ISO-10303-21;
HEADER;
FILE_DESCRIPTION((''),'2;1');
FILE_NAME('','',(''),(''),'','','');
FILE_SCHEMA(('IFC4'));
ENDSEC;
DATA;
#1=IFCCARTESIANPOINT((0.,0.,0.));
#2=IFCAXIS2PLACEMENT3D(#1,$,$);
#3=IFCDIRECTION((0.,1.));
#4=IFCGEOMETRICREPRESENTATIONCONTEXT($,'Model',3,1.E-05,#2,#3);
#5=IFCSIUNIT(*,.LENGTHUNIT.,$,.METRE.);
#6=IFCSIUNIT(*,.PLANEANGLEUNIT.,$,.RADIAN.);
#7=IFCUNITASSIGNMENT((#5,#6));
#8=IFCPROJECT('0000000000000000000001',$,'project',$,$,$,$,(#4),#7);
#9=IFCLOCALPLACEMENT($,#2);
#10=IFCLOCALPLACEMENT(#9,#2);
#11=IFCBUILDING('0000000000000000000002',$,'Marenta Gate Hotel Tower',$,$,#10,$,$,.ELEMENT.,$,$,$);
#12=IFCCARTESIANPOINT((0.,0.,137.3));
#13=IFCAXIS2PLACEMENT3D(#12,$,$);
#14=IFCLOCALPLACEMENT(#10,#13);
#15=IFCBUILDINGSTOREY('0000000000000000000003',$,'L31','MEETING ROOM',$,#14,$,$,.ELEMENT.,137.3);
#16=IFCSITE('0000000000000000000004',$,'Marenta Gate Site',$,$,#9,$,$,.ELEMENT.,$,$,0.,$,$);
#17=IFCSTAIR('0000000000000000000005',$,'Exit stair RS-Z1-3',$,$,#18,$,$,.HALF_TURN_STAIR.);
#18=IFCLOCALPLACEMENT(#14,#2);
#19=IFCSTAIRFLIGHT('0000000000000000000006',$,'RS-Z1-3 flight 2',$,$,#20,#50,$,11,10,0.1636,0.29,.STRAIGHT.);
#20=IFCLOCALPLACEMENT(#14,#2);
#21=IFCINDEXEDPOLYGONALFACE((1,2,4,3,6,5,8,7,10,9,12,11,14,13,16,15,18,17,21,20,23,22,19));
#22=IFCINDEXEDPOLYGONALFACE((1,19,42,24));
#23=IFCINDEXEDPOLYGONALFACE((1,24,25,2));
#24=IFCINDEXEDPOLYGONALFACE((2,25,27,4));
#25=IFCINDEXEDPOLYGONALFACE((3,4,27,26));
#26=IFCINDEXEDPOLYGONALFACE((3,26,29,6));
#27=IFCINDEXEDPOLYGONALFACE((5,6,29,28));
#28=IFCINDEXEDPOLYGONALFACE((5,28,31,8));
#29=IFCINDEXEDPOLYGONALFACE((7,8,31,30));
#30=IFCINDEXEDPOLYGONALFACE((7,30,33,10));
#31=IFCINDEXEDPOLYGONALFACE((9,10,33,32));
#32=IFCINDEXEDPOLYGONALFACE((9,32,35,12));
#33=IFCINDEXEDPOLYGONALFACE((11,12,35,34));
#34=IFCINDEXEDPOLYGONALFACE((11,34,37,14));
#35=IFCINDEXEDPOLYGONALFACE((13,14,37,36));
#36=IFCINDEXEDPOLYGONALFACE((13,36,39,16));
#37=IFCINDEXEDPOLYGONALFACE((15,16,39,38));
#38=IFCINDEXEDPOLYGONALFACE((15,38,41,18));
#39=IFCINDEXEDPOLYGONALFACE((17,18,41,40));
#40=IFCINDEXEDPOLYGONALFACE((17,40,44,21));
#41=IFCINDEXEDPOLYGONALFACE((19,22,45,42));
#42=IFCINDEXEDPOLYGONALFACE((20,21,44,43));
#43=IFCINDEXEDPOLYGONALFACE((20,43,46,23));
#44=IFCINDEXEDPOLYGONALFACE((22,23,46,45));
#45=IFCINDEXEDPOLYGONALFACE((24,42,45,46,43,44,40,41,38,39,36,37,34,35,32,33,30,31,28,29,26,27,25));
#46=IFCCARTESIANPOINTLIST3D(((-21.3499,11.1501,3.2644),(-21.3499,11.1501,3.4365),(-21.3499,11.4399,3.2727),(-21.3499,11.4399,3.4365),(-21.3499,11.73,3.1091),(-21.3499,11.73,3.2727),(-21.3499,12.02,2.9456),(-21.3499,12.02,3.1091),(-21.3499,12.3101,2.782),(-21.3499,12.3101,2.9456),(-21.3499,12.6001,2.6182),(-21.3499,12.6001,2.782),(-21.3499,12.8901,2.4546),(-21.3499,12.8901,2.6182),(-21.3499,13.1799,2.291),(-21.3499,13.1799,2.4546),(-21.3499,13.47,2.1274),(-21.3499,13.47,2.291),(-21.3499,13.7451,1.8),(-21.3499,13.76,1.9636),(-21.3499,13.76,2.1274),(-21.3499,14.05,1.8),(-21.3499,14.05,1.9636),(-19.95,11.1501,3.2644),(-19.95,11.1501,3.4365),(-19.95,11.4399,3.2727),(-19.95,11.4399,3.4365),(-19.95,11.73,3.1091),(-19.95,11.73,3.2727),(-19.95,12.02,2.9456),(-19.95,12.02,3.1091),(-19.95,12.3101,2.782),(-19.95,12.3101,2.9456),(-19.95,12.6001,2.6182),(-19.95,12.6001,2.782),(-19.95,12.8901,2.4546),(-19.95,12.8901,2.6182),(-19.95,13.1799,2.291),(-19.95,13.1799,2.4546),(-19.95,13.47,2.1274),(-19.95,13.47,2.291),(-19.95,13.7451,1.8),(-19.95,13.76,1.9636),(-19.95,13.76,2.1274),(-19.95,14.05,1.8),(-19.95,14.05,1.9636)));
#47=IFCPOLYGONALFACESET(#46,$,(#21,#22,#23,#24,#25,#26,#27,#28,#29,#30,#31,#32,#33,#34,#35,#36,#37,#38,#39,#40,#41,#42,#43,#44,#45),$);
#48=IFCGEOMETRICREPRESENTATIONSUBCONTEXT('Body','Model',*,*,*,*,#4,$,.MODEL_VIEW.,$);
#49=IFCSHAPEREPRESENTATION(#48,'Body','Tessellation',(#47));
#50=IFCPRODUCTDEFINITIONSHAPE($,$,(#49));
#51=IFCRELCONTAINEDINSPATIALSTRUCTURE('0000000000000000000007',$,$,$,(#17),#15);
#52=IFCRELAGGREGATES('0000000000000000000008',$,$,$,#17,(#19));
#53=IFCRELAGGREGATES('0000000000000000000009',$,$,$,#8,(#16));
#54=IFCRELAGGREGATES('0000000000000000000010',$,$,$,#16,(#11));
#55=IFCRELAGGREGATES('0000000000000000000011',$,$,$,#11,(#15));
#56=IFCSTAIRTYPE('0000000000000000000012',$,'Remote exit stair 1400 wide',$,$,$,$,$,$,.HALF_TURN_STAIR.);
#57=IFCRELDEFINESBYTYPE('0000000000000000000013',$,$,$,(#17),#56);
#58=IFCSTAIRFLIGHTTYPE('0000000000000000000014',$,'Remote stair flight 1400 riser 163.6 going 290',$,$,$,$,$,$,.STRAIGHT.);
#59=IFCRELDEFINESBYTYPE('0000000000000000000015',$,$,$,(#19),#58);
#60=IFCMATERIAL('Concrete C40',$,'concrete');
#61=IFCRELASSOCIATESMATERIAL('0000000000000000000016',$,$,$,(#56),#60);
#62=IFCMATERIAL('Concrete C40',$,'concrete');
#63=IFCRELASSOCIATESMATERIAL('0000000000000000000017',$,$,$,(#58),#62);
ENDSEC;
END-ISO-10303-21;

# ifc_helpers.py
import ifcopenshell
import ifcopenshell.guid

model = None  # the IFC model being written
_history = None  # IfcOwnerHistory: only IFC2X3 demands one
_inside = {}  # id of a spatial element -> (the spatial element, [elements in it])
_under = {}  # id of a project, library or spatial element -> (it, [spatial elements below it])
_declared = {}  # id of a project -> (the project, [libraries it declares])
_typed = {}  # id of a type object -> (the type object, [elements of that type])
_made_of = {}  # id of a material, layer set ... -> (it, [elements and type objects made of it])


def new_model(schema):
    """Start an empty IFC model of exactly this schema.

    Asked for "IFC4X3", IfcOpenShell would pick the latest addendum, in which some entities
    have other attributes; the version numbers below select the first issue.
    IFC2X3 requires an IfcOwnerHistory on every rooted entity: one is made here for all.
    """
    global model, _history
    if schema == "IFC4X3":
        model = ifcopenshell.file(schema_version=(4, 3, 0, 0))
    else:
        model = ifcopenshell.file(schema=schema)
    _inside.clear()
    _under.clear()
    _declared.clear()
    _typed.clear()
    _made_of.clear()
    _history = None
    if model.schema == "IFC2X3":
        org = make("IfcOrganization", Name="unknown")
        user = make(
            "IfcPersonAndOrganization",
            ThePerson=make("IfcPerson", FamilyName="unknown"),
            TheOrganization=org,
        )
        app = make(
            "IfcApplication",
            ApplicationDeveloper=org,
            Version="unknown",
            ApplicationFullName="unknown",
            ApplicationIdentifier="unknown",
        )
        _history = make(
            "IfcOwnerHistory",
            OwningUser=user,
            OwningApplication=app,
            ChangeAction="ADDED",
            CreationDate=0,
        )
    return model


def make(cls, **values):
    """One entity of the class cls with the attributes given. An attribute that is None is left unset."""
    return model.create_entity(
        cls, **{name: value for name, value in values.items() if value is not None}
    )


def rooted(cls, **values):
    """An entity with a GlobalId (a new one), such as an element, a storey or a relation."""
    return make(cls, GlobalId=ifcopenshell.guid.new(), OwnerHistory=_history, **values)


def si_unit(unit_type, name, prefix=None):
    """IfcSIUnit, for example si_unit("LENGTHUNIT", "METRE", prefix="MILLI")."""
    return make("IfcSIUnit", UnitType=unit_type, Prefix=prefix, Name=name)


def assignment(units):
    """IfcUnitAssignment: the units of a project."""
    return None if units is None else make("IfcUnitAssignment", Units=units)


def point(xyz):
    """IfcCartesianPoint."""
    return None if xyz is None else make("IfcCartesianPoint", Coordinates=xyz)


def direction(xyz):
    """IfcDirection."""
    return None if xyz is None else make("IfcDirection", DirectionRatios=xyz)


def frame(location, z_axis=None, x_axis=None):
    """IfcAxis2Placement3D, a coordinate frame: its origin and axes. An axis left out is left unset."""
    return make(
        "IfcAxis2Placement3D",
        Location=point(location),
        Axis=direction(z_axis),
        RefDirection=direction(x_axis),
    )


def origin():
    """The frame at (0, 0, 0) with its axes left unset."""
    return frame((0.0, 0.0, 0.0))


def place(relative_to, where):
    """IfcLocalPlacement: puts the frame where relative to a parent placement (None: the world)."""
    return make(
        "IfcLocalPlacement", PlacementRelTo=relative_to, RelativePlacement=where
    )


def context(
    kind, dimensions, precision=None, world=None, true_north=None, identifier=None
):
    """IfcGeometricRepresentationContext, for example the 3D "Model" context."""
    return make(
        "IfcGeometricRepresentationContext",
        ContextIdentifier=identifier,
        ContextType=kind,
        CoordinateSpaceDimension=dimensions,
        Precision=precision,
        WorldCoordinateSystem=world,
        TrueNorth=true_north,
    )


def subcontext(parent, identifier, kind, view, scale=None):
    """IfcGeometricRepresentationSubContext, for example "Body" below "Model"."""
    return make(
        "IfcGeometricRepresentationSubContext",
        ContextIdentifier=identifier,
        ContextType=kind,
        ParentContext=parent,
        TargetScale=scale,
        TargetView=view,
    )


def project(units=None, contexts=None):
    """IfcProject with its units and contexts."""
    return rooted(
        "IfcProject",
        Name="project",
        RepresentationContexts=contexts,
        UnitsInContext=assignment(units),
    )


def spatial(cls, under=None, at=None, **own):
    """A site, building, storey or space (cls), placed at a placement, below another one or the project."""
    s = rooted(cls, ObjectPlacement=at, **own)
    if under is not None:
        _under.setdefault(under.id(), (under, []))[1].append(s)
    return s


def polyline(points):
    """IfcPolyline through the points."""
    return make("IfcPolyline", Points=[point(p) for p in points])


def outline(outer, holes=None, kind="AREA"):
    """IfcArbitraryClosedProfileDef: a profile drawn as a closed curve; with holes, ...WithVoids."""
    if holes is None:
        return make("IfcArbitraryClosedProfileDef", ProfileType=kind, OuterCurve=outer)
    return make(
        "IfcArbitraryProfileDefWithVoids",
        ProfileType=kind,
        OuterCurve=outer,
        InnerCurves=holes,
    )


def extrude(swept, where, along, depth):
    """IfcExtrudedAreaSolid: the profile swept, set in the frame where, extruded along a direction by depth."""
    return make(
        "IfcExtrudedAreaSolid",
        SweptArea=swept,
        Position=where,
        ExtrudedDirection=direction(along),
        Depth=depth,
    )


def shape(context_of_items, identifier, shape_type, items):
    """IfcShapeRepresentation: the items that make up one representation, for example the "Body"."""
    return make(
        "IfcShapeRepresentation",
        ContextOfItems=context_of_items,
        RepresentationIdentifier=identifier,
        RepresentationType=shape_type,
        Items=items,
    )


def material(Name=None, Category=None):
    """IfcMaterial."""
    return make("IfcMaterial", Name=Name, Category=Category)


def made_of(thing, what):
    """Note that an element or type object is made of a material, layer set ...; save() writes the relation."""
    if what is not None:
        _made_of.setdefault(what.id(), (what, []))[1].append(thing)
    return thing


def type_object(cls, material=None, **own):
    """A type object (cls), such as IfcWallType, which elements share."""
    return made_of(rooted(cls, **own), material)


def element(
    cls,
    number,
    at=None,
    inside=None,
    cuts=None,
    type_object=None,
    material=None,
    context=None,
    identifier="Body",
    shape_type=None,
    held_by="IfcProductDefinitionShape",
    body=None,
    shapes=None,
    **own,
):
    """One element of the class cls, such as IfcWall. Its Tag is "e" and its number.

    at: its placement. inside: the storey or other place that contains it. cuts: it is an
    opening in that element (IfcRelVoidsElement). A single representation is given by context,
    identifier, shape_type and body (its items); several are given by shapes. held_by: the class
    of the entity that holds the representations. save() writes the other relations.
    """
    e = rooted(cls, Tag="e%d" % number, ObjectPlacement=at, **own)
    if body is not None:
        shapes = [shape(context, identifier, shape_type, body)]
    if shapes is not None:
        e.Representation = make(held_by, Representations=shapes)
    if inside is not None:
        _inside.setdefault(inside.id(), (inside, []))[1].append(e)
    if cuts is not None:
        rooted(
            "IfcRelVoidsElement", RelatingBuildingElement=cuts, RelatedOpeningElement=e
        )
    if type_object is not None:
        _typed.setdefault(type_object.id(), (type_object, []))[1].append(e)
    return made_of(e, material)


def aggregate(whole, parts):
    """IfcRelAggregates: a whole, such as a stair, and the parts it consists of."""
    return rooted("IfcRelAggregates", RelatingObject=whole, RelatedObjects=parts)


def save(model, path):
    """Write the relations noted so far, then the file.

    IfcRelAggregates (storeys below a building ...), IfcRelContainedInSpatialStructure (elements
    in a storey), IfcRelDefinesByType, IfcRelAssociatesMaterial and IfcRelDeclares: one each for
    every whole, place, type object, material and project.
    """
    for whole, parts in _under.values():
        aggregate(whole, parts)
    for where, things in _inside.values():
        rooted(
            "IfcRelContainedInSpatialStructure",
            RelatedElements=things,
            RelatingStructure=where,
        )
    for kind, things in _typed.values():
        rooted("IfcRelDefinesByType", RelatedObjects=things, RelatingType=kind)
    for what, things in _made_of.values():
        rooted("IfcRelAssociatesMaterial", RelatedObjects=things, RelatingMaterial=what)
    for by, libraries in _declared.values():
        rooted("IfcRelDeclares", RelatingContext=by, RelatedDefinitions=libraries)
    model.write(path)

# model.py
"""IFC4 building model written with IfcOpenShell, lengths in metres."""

from ifc_helpers import new_model, si_unit, direction, frame, origin, place, context, subcontext, project, spatial, polyline, outline, extrude, material, type_object, element, aggregate, save


model = new_model("IFC4")

# Units and contexts
model_context = context("Model", 3, precision=1e-05, world=origin(), true_north=direction((0.0, 1.0)))
body_context = subcontext(model_context, "Body", "Model", "MODEL_VIEW")
ifc_project = project(units=[si_unit("LENGTHUNIT", "METRE"), si_unit("PLANEANGLEUNIT", "RADIAN")], contexts=[model_context])

# Site, building, storey
site_placement = place(None, origin())
site = spatial("IfcSite", under=ifc_project, at=site_placement, Name="Marenta Gate Site", CompositionType="ELEMENT", RefElevation=0.0)
building_placement = place(site_placement, origin())
building = spatial("IfcBuilding", under=site, at=building_placement, Name="Marenta Gate Hotel Tower", CompositionType="ELEMENT")
storey_placement = place(building_placement, frame((0.0, 0.0, 137.3)))
storey = spatial("IfcBuildingStorey", under=building, at=storey_placement, Name="L31", Description="MEETING ROOM", CompositionType="ELEMENT", Elevation=137.3)

# Stair, stair flight
ifc_material_1 = material(Name="Concrete C40", Category="concrete")
stair_type = type_object("IfcStairType", Name="Remote exit stair 1400 wide", PredefinedType="HALF_TURN_STAIR", material=ifc_material_1)
stair_placement = place(storey_placement, origin())
stair = element("IfcStair", 1, at=stair_placement, inside=storey, type_object=stair_type, Name="Exit stair RS-Z1-3", PredefinedType="HALF_TURN_STAIR")
ifc_material_2 = material(Name="Concrete C40", Category="concrete")
stair_flight_type = type_object("IfcStairFlightType", Name="Remote stair flight 1400 riser 163.6 going 290", PredefinedType="STRAIGHT", material=ifc_material_2)
stair_flight_1_placement = place(storey_placement, frame((-20.6499, 14.05, 1.8), z_axis=(0.0, 0.0, 1.0), x_axis=(0.0, -1.0, 0.0)))
stair_flight_1 = element("IfcStairFlight", 2, at=stair_flight_1_placement, type_object=stair_flight_type, Name="RS-Z1-3 flight 2", NumberOfRisers=11, NumberOfTreads=10, PredefinedType="STRAIGHT", RiserHeight=0.1636, TreadLength=0.29, context=body_context, shape_type="SweptSolid", body=[
    extrude(outline(polyline([(0.0, 0.0), (0.0, 0.1636), (0.29, 0.1636), (0.29, 0.3274), (0.5801, 0.3274), (0.5801, 0.491), (0.8701, 0.491), (0.8701, 0.6545), (1.1599, 0.6545), (1.1599, 0.8181), (1.45, 0.8181), (1.45, 0.9819), (1.74, 0.9819), (1.74, 1.1455), (2.03, 1.1455), (2.03, 1.3091), (2.3201, 1.3091), (2.3201, 1.4727), (2.6101, 1.4727), (2.6101, 1.6365), (2.8999, 1.6365), (2.8999, 1.8), (2.8999, 1.4644), (0.3049, 0.0), (0.0, 0.0)])), frame((0.0, 0.7, 0.0), z_axis=(0.0, -1.0, 0.0), x_axis=(1.0, 0.0, 0.0)), (0.0, 0.0, 1.0), 1.3999),
])
aggregate(stair, [stair_flight_1])

save(model, "model.ifc")
